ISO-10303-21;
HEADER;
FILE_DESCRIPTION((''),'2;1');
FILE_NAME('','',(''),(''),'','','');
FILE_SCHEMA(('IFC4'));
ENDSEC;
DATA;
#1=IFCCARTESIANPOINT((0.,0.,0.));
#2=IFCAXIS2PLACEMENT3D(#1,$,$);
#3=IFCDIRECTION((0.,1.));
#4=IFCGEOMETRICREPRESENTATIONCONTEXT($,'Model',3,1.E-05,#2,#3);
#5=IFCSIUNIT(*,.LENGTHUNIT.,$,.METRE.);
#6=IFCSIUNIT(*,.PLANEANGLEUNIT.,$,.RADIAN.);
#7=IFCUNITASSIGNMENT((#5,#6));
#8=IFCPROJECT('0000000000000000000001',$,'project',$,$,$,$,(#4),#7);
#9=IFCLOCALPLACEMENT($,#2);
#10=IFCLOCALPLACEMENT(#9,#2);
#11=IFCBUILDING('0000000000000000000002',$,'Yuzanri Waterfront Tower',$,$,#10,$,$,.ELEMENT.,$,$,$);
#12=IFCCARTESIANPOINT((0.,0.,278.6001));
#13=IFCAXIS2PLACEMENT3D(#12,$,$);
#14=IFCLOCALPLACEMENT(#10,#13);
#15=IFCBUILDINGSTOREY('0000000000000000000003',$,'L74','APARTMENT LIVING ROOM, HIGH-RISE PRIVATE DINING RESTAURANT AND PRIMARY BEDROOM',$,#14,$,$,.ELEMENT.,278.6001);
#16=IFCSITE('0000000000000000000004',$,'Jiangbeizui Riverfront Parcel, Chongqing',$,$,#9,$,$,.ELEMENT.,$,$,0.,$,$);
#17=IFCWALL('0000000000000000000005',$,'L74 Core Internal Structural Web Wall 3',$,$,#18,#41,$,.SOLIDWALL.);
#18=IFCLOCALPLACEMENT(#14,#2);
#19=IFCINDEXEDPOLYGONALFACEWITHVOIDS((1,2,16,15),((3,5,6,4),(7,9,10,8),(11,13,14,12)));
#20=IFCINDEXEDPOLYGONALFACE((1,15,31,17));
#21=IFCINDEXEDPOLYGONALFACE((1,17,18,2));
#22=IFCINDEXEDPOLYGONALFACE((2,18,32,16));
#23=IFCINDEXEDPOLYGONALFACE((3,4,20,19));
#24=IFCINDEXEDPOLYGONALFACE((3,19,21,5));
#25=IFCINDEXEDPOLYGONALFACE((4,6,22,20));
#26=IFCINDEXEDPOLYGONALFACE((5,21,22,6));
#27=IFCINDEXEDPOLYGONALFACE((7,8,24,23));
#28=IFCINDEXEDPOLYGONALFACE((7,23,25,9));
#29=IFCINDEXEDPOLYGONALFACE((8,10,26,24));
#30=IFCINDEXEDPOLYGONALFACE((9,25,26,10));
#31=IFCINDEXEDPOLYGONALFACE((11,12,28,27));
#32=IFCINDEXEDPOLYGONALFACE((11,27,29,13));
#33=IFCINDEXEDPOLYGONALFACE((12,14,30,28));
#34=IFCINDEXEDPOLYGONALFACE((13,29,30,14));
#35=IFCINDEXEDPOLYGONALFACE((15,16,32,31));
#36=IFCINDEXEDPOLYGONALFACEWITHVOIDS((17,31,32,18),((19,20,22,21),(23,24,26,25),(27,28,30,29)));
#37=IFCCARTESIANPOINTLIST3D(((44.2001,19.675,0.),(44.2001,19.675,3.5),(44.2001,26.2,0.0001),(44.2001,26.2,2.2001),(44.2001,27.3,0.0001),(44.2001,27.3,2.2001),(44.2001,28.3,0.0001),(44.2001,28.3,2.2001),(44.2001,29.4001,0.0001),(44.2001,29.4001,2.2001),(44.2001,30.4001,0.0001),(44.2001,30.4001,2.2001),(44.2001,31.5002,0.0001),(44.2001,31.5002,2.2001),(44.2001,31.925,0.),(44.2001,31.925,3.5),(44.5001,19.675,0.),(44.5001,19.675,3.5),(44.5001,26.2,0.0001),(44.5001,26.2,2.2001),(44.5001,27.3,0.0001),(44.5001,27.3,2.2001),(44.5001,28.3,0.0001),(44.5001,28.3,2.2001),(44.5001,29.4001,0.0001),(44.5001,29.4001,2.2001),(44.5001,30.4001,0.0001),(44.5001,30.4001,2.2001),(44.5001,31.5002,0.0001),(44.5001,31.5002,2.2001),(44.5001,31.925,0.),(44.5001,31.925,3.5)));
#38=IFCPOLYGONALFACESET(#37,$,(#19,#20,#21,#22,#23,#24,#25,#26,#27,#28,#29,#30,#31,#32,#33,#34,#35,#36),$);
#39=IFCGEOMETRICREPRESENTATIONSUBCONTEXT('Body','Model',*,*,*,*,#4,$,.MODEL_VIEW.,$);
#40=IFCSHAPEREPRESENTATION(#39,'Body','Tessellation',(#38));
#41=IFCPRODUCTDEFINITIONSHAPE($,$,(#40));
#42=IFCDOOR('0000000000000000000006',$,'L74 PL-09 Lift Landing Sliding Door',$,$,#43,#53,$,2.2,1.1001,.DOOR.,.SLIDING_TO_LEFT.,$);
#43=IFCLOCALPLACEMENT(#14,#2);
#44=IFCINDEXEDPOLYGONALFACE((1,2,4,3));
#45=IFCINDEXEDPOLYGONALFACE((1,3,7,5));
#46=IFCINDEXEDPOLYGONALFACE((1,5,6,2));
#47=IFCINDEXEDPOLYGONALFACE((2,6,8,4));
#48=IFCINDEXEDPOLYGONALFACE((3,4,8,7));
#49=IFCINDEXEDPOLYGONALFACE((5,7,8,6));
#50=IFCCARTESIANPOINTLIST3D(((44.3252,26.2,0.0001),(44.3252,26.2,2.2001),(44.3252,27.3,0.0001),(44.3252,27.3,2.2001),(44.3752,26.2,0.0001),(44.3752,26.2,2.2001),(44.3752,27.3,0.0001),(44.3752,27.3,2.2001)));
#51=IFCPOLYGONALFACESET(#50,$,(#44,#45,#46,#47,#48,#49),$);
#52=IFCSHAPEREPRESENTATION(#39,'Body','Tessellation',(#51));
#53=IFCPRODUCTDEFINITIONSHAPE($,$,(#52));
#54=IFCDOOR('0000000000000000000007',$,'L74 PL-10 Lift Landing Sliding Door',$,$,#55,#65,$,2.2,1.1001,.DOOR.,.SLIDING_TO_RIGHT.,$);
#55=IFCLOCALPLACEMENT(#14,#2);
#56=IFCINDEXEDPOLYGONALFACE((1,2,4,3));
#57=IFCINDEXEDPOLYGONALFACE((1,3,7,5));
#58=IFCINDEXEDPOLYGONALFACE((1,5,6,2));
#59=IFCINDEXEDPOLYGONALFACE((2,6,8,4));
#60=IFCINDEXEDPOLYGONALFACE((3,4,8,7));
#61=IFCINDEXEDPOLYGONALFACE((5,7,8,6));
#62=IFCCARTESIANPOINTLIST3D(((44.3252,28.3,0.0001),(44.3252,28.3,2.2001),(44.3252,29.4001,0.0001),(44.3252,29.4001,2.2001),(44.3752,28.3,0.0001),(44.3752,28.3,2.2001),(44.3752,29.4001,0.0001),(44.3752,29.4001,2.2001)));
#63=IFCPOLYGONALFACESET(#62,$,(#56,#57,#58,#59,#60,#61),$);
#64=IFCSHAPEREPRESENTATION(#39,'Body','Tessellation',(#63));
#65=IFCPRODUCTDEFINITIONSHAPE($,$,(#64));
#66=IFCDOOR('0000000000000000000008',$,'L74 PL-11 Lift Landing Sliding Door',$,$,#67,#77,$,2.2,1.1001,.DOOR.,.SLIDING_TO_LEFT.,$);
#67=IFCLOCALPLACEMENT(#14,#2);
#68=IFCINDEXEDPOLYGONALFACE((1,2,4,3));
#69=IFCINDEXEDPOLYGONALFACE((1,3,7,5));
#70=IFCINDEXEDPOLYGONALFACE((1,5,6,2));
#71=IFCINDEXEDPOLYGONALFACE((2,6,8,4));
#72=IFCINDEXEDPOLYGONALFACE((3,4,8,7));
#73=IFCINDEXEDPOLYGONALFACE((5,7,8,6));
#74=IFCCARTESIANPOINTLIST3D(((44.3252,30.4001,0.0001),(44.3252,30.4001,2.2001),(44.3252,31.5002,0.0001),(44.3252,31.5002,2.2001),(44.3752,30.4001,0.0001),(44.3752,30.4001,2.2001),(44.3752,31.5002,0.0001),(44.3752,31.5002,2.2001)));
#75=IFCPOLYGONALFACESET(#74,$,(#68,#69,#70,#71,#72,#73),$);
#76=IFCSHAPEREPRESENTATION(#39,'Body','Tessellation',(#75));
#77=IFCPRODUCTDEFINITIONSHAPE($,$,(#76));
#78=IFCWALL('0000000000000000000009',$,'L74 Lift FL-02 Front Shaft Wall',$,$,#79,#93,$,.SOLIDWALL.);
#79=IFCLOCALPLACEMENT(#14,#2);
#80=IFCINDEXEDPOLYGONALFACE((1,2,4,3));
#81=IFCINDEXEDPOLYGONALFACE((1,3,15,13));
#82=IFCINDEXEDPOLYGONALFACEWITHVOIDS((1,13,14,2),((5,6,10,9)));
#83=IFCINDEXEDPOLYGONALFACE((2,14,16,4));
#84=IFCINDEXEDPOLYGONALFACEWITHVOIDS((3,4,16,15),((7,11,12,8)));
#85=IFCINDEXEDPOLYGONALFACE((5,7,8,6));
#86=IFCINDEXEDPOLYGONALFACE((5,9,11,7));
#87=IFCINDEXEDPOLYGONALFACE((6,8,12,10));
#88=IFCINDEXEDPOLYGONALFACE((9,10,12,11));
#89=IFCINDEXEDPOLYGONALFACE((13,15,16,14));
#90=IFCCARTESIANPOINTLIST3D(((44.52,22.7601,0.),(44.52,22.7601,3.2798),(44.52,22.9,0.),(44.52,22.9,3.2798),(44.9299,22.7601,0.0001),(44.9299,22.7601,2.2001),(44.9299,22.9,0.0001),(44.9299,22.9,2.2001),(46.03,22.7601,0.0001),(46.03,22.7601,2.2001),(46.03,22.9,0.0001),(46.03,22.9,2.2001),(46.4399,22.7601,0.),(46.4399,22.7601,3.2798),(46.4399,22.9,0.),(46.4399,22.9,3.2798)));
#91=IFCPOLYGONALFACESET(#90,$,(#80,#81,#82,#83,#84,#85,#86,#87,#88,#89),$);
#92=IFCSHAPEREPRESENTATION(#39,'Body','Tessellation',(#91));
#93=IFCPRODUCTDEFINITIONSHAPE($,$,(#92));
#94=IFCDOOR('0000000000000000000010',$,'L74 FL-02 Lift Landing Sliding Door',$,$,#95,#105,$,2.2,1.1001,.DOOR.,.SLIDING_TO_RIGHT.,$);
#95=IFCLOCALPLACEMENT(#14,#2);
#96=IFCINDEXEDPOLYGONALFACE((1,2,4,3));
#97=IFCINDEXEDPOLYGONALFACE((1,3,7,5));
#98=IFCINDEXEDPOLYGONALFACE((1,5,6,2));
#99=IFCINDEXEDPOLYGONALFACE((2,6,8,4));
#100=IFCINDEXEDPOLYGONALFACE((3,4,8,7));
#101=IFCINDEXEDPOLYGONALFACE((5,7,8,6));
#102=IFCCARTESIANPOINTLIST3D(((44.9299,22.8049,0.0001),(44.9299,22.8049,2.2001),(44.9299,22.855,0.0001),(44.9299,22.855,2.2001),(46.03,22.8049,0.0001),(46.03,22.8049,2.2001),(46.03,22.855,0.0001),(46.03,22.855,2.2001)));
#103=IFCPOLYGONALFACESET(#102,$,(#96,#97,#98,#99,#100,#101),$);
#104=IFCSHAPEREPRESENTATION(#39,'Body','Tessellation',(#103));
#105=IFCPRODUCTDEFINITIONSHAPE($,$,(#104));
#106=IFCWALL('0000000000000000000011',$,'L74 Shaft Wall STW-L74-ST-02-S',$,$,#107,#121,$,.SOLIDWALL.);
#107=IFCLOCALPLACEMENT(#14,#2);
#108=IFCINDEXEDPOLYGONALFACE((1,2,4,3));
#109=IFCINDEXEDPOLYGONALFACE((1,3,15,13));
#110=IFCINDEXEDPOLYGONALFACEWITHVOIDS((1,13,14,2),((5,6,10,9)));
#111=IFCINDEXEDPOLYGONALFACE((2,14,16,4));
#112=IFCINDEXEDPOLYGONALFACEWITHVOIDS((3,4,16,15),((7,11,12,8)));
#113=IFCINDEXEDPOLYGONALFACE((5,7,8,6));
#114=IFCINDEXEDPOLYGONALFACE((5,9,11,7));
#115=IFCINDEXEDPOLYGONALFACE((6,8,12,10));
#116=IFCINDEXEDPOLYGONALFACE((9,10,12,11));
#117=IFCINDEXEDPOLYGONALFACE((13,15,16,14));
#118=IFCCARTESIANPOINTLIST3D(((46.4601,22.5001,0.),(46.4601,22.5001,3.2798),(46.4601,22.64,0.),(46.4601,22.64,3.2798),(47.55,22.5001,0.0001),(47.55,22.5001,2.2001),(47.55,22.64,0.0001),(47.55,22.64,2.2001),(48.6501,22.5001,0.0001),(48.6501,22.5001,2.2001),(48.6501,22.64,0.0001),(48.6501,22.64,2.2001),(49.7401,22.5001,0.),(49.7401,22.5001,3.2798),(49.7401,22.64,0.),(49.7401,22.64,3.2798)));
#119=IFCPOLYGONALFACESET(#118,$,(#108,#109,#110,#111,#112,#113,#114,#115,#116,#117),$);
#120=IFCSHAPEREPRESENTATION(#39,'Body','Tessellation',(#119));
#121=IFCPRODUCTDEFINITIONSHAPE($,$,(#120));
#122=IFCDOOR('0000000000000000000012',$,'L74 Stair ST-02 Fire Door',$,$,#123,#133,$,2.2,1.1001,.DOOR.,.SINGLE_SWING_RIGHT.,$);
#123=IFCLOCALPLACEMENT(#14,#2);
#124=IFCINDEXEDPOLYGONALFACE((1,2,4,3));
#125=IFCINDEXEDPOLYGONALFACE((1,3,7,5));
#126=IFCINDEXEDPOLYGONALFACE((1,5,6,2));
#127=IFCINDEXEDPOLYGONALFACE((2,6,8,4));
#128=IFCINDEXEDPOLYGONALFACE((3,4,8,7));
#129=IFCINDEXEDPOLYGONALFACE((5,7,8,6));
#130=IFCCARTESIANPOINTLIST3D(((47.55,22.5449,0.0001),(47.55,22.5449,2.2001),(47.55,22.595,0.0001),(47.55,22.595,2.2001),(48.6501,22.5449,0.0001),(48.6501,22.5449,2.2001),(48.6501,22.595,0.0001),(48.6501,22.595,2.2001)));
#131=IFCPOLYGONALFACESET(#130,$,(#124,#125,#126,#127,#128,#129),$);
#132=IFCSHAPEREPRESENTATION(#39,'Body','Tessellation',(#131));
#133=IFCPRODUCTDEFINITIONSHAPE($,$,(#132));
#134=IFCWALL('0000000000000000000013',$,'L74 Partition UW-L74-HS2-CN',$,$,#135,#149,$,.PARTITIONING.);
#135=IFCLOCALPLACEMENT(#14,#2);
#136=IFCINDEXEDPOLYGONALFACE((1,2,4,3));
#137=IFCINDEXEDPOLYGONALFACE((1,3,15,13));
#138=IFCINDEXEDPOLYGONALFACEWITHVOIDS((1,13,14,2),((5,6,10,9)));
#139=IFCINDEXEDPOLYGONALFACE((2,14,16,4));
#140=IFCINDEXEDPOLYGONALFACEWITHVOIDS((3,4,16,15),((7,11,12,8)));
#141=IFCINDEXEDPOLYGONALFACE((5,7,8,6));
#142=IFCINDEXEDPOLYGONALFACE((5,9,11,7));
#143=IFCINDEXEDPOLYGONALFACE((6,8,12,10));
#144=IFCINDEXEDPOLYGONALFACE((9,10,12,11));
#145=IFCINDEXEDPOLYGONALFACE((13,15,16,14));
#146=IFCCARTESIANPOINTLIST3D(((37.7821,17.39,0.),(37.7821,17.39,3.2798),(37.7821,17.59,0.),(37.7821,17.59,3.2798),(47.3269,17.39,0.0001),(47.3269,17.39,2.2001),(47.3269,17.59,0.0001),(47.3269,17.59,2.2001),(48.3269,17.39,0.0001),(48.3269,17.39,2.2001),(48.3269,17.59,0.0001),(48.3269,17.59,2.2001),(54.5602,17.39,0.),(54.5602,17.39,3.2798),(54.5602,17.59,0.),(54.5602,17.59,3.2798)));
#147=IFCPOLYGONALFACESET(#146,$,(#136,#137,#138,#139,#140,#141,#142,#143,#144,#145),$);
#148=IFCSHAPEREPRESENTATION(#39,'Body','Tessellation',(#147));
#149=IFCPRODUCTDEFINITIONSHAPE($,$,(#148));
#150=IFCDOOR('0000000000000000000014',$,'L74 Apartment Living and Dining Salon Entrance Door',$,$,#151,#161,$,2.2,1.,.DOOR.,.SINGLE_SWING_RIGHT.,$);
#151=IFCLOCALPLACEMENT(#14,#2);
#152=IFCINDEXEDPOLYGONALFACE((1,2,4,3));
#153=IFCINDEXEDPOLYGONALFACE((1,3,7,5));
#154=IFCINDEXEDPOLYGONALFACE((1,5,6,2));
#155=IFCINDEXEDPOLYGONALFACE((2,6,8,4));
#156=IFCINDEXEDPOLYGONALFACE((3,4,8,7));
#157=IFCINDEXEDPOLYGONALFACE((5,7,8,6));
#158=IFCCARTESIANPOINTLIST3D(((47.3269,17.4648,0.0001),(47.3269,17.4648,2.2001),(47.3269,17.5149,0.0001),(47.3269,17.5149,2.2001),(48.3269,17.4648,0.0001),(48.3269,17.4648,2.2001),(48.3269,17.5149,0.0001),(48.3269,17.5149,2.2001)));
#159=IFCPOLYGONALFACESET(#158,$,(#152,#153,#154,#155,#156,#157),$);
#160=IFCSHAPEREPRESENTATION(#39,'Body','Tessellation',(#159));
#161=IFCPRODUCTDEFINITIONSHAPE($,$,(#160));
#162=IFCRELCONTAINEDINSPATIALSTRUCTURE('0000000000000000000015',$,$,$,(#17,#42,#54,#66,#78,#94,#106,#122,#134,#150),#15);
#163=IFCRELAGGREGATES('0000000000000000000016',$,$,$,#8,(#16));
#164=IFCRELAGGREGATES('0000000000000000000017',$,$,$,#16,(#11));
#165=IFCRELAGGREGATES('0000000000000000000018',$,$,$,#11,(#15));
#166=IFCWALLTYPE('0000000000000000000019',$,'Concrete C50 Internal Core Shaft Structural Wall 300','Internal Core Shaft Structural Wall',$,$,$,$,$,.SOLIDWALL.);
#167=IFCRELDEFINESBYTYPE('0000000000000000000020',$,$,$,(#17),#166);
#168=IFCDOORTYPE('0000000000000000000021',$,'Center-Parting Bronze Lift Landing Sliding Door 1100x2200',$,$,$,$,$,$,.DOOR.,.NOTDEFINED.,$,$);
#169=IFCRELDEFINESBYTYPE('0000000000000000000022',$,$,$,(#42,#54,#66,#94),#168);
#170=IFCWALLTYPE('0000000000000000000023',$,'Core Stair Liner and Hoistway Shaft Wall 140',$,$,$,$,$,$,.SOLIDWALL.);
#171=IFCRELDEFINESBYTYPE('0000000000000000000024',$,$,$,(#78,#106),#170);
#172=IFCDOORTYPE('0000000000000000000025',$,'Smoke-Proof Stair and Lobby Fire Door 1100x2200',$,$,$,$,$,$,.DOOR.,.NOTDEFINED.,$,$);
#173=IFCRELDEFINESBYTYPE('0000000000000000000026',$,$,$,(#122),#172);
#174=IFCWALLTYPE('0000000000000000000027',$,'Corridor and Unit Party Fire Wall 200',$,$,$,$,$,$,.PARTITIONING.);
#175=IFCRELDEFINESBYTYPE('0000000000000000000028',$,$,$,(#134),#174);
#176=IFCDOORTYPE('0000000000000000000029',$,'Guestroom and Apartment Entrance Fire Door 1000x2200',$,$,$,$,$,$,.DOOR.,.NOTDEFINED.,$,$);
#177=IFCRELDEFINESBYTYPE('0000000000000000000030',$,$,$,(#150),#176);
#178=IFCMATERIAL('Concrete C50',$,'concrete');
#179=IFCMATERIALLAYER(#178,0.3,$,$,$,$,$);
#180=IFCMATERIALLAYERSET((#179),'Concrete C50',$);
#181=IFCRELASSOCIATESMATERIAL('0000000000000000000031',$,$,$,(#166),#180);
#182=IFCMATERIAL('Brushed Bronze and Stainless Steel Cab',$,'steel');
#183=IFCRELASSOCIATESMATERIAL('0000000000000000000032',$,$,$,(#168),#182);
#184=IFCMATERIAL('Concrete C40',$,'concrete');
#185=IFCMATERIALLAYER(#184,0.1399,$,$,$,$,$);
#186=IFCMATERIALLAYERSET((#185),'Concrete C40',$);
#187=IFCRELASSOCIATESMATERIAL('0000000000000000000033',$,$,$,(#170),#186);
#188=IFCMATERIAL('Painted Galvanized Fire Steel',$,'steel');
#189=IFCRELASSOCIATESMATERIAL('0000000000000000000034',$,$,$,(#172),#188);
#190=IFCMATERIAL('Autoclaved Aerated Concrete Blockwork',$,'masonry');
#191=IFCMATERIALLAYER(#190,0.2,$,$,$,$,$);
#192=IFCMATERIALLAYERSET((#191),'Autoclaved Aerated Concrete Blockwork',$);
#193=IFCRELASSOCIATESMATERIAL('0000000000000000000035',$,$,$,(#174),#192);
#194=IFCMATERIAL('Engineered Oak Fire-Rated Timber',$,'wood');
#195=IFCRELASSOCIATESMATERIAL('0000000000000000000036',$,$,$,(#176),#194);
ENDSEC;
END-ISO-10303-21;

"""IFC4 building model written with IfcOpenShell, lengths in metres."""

from ifc_helpers import new_model, si_unit, direction, frame, frame_2d, origin, place, context, subcontext, project, spatial, rectangle, extrude, source, transform, mapped, material, layer, layer_set, type_object, element, fill, save


model = new_model("IFC4")

# Units and contexts
model_context = context("Model", 3, precision=1e-05, world=origin(), true_north=direction((0.0, 1.0)))
body_context = subcontext(model_context, "Body", "Model", "MODEL_VIEW")
ifc_project = project(units=[si_unit("LENGTHUNIT", "METRE"), si_unit("PLANEANGLEUNIT", "RADIAN")], contexts=[model_context])

# Site, building, storey
site_placement = place(None, origin())
site = spatial("IfcSite", under=ifc_project, at=site_placement, Name="Jiangbeizui Riverfront Parcel, Chongqing", CompositionType="ELEMENT", RefElevation=0.0)
building_placement = place(site_placement, origin())
building = spatial("IfcBuilding", under=site, at=building_placement, Name="Yuzanri Waterfront Tower", CompositionType="ELEMENT")
storey_placement = place(building_placement, frame((0.0, 0.0, 278.6001)))
storey = spatial("IfcBuildingStorey", under=building, at=storey_placement, Name="L74", Description="APARTMENT LIVING ROOM, HIGH-RISE PRIVATE DINING RESTAURANT AND PRIMARY BEDROOM", CompositionType="ELEMENT", Elevation=278.6001)

# Wall, openings, doors
ifc_material_1 = material(Name="Concrete C50", Category="concrete")
ifc_layer_1 = layer(ifc_material_1, 0.3)
ifc_layer_set_1 = layer_set([ifc_layer_1], Name="Concrete C50")
wall_type_1 = type_object("IfcWallType", Name="Concrete C50 Internal Core Shaft Structural Wall 300", Description="Internal Core Shaft Structural Wall", PredefinedType="SOLIDWALL", material=ifc_layer_set_1)
wall_1_placement = place(storey_placement, frame((44.3501, 19.675, 0.0), z_axis=(0.0, 0.0, 1.0), x_axis=(0.0, 1.0, 0.0)))
wall_1 = element("IfcWall", 1, at=wall_1_placement, inside=storey, type_object=wall_type_1, Name="L74 Core Internal Structural Web Wall 3", PredefinedType="SOLIDWALL", context=body_context, shape_type="SweptSolid", body=[
    extrude(rectangle(XDim=12.25, YDim=0.3, at=frame_2d((6.125, 0.0))), origin(), (0.0, 0.0, 1.0), 3.5),
])
opening_1_placement = place(wall_1_placement, frame((6.5249, 0.0, 0.0)))
opening_1 = element("IfcOpeningElement", 2, at=opening_1_placement, cuts=wall_1, PredefinedType="OPENING", context=body_context, shape_type="SweptSolid", body=[
    extrude(rectangle(XDim=1.1001, YDim=2.2, at=frame_2d((0.55, 1.1001))), frame((0.0, 0.165, 0.0), z_axis=(0.0, -1.0, 0.0), x_axis=(1.0, 0.0, 0.0)), (0.0, 0.0, 1.0), 0.3298),
])
opening_2_placement = place(wall_1_placement, frame((8.625, 0.0, 0.0)))
opening_2 = element("IfcOpeningElement", 3, at=opening_2_placement, cuts=wall_1, PredefinedType="OPENING", context=body_context, shape_type="SweptSolid", body=[
    extrude(rectangle(XDim=1.1001, YDim=2.2, at=frame_2d((0.55, 1.1001))), frame((0.0, 0.165, 0.0), z_axis=(0.0, -1.0, 0.0), x_axis=(1.0, 0.0, 0.0)), (0.0, 0.0, 1.0), 0.3298),
])
opening_3_placement = place(wall_1_placement, frame((10.7251, 0.0, 0.0)))
opening_3 = element("IfcOpeningElement", 4, at=opening_3_placement, cuts=wall_1, PredefinedType="OPENING", context=body_context, shape_type="SweptSolid", body=[
    extrude(rectangle(XDim=1.1001, YDim=2.2, at=frame_2d((0.55, 1.1001))), frame((0.0, 0.165, 0.0), z_axis=(0.0, -1.0, 0.0), x_axis=(1.0, 0.0, 0.0)), (0.0, 0.0, 1.0), 0.3298),
])
ifc_material_2 = material(Name="Brushed Bronze and Stainless Steel Cab", Category="steel")
door_type_1 = type_object("IfcDoorType", Name="Center-Parting Bronze Lift Landing Sliding Door 1100x2200", OperationType="NOTDEFINED", PredefinedType="DOOR", material=ifc_material_2)
shared_shape_1 = source(origin(), body_context, "Body", "SweptSolid", [
    extrude(rectangle(XDim=1.1001, YDim=2.2, at=frame_2d((0.55, 1.1001))), frame((0.0, 0.0249, 0.0), z_axis=(0.0, -1.0, 0.0), x_axis=(1.0, 0.0, 0.0)), (0.0, 0.0, 1.0), 0.05),
])
door_1_placement = place(opening_1_placement, origin())
door_1 = element("IfcDoor", 5, at=door_1_placement, inside=storey, type_object=door_type_1, Name="L74 PL-09 Lift Landing Sliding Door", OperationType="SLIDING_TO_LEFT", OverallHeight=2.2, OverallWidth=1.1001, PredefinedType="DOOR", context=body_context, shape_type="MappedRepresentation", body=[
    mapped(shared_shape_1, transform((0.0, 0.0, 0.0), scale=1.0)),
])
fill(opening_1, door_1)
door_2_placement = place(opening_2_placement, origin())
door_2 = element("IfcDoor", 6, at=door_2_placement, inside=storey, type_object=door_type_1, Name="L74 PL-10 Lift Landing Sliding Door", OperationType="SLIDING_TO_RIGHT", OverallHeight=2.2, OverallWidth=1.1001, PredefinedType="DOOR", context=body_context, shape_type="MappedRepresentation", body=[
    mapped(shared_shape_1, transform((0.0, 0.0, 0.0), scale=1.0)),
])
fill(opening_2, door_2)
door_3_placement = place(opening_3_placement, origin())
door_3 = element("IfcDoor", 7, at=door_3_placement, inside=storey, type_object=door_type_1, Name="L74 PL-11 Lift Landing Sliding Door", OperationType="SLIDING_TO_LEFT", OverallHeight=2.2, OverallWidth=1.1001, PredefinedType="DOOR", context=body_context, shape_type="MappedRepresentation", body=[
    mapped(shared_shape_1, transform((0.0, 0.0, 0.0), scale=1.0)),
])
fill(opening_3, door_3)

# Walls, openings, doors
ifc_material_3 = material(Name="Concrete C40", Category="concrete")
ifc_layer_2 = layer(ifc_material_3, 0.1399)
ifc_layer_set_2 = layer_set([ifc_layer_2], Name="Concrete C40")
wall_type_2 = type_object("IfcWallType", Name="Core Stair Liner and Hoistway Shaft Wall 140", PredefinedType="SOLIDWALL", material=ifc_layer_set_2)
wall_2_placement = place(storey_placement, frame((44.52, 22.8301, 0.0), z_axis=(0.0, 0.0, 1.0), x_axis=(1.0, 0.0, 0.0)))
wall_2 = element("IfcWall", 8, at=wall_2_placement, inside=storey, type_object=wall_type_2, Name="L74 Lift FL-02 Front Shaft Wall", PredefinedType="SOLIDWALL", context=body_context, shape_type="SweptSolid", body=[
    extrude(rectangle(XDim=1.9199, YDim=0.1399, at=frame_2d((0.96, 0.0))), origin(), (0.0, 0.0, 1.0), 3.2798),
])
opening_4_placement = place(wall_2_placement, frame((0.4099, 0.0, 0.0)))
opening_4 = element("IfcOpeningElement", 9, at=opening_4_placement, cuts=wall_2, PredefinedType="OPENING", context=body_context, shape_type="SweptSolid", body=[
    extrude(rectangle(XDim=1.1001, YDim=2.2, at=frame_2d((0.55, 1.1001))), frame((0.0, 0.085, 0.0), z_axis=(0.0, -1.0, 0.0), x_axis=(1.0, 0.0, 0.0)), (0.0, 0.0, 1.0), 0.1697),
])
door_4_placement = place(opening_4_placement, origin())
door_4 = element("IfcDoor", 10, at=door_4_placement, inside=storey, type_object=door_type_1, Name="L74 FL-02 Lift Landing Sliding Door", OperationType="SLIDING_TO_RIGHT", OverallHeight=2.2, OverallWidth=1.1001, PredefinedType="DOOR", context=body_context, shape_type="MappedRepresentation", body=[
    mapped(shared_shape_1, transform((0.0, 0.0, 0.0), scale=1.0)),
])
fill(opening_4, door_4)
wall_3_placement = place(storey_placement, frame((46.46, 22.5701, 0.0), z_axis=(0.0, 0.0, 1.0), x_axis=(1.0, 0.0, 0.0)))
wall_3 = element("IfcWall", 11, at=wall_3_placement, inside=storey, type_object=wall_type_2, Name="L74 Shaft Wall STW-L74-ST-02-S", PredefinedType="SOLIDWALL", context=body_context, shape_type="SweptSolid", body=[
    extrude(rectangle(XDim=3.28, YDim=0.1399, at=frame_2d((1.6401, 0.0))), origin(), (0.0, 0.0, 1.0), 3.2798),
])
opening_5_placement = place(wall_3_placement, frame((1.0901, 0.0, 0.0)))
opening_5 = element("IfcOpeningElement", 12, at=opening_5_placement, cuts=wall_3, PredefinedType="OPENING", context=body_context, shape_type="SweptSolid", body=[
    extrude(rectangle(XDim=1.1001, YDim=2.2, at=frame_2d((0.55, 1.1001))), frame((0.0, 0.085, 0.0), z_axis=(0.0, -1.0, 0.0), x_axis=(1.0, 0.0, 0.0)), (0.0, 0.0, 1.0), 0.1697),
])
ifc_material_4 = material(Name="Painted Galvanized Fire Steel", Category="steel")
door_type_2 = type_object("IfcDoorType", Name="Smoke-Proof Stair and Lobby Fire Door 1100x2200", OperationType="NOTDEFINED", PredefinedType="DOOR", material=ifc_material_4)
shared_shape_2 = source(origin(), body_context, "Body", "SweptSolid", [
    extrude(rectangle(XDim=1.1001, YDim=2.2, at=frame_2d((0.55, 1.1001))), frame((0.0, 0.0249, 0.0), z_axis=(0.0, -1.0, 0.0), x_axis=(1.0, 0.0, 0.0)), (0.0, 0.0, 1.0), 0.05),
])
door_5_placement = place(opening_5_placement, origin())
door_5 = element("IfcDoor", 13, at=door_5_placement, inside=storey, type_object=door_type_2, Name="L74 Stair ST-02 Fire Door", OperationType="SINGLE_SWING_RIGHT", OverallHeight=2.2, OverallWidth=1.1001, PredefinedType="DOOR", context=body_context, shape_type="MappedRepresentation", body=[
    mapped(shared_shape_2, transform((0.0, 0.0, 0.0), scale=1.0)),
])
fill(opening_5, door_5)
ifc_material_5 = material(Name="Autoclaved Aerated Concrete Blockwork", Category="masonry")
ifc_layer_3 = layer(ifc_material_5, 0.2)
ifc_layer_set_3 = layer_set([ifc_layer_3], Name="Autoclaved Aerated Concrete Blockwork")
wall_type_3 = type_object("IfcWallType", Name="Corridor and Unit Party Fire Wall 200", PredefinedType="PARTITIONING", material=ifc_layer_set_3)
wall_4_placement = place(storey_placement, frame((37.782, 17.49, 0.0), z_axis=(0.0, 0.0, 1.0), x_axis=(1.0, 0.0, 0.0)))
wall_4 = element("IfcWall", 14, at=wall_4_placement, inside=storey, type_object=wall_type_3, Name="L74 Partition UW-L74-HS2-CN", PredefinedType="PARTITIONING", context=body_context, shape_type="SweptSolid", body=[
    extrude(rectangle(XDim=16.7781, YDim=0.2, at=frame_2d((8.3892, 0.0))), origin(), (0.0, 0.0, 1.0), 3.2798),
])
opening_6_placement = place(wall_4_placement, frame((9.5449, 0.0, 0.0)))
opening_6 = element("IfcOpeningElement", 15, at=opening_6_placement, cuts=wall_4, PredefinedType="OPENING", context=body_context, shape_type="SweptSolid", body=[
    extrude(rectangle(XDim=1.0, YDim=2.2, at=frame_2d((0.5, 1.1001))), frame((0.0, 0.1147, 0.0), z_axis=(0.0, -1.0, 0.0), x_axis=(1.0, 0.0, 0.0)), (0.0, 0.0, 1.0), 0.2297),
])
ifc_material_6 = material(Name="Engineered Oak Fire-Rated Timber", Category="wood")
door_type_3 = type_object("IfcDoorType", Name="Guestroom and Apartment Entrance Fire Door 1000x2200", OperationType="NOTDEFINED", PredefinedType="DOOR", material=ifc_material_6)
shared_shape_3 = source(origin(), body_context, "Body", "SweptSolid", [
    extrude(rectangle(XDim=1.0, YDim=2.2, at=frame_2d((0.5, 1.1001))), frame((0.0, 0.0249, 0.0), z_axis=(0.0, -1.0, 0.0), x_axis=(1.0, 0.0, 0.0)), (0.0, 0.0, 1.0), 0.05),
])
door_6_placement = place(opening_6_placement, origin())
door_6 = element("IfcDoor", 16, at=door_6_placement, inside=storey, type_object=door_type_3, Name="L74 Apartment Living and Dining Salon Entrance Door", OperationType="SINGLE_SWING_RIGHT", OverallHeight=2.2, OverallWidth=1.0, PredefinedType="DOOR", context=body_context, shape_type="MappedRepresentation", body=[
    mapped(shared_shape_3, transform((0.0, 0.0, 0.0), scale=1.0)),
])
fill(opening_6, door_6)

save(model, "model.ifc")
